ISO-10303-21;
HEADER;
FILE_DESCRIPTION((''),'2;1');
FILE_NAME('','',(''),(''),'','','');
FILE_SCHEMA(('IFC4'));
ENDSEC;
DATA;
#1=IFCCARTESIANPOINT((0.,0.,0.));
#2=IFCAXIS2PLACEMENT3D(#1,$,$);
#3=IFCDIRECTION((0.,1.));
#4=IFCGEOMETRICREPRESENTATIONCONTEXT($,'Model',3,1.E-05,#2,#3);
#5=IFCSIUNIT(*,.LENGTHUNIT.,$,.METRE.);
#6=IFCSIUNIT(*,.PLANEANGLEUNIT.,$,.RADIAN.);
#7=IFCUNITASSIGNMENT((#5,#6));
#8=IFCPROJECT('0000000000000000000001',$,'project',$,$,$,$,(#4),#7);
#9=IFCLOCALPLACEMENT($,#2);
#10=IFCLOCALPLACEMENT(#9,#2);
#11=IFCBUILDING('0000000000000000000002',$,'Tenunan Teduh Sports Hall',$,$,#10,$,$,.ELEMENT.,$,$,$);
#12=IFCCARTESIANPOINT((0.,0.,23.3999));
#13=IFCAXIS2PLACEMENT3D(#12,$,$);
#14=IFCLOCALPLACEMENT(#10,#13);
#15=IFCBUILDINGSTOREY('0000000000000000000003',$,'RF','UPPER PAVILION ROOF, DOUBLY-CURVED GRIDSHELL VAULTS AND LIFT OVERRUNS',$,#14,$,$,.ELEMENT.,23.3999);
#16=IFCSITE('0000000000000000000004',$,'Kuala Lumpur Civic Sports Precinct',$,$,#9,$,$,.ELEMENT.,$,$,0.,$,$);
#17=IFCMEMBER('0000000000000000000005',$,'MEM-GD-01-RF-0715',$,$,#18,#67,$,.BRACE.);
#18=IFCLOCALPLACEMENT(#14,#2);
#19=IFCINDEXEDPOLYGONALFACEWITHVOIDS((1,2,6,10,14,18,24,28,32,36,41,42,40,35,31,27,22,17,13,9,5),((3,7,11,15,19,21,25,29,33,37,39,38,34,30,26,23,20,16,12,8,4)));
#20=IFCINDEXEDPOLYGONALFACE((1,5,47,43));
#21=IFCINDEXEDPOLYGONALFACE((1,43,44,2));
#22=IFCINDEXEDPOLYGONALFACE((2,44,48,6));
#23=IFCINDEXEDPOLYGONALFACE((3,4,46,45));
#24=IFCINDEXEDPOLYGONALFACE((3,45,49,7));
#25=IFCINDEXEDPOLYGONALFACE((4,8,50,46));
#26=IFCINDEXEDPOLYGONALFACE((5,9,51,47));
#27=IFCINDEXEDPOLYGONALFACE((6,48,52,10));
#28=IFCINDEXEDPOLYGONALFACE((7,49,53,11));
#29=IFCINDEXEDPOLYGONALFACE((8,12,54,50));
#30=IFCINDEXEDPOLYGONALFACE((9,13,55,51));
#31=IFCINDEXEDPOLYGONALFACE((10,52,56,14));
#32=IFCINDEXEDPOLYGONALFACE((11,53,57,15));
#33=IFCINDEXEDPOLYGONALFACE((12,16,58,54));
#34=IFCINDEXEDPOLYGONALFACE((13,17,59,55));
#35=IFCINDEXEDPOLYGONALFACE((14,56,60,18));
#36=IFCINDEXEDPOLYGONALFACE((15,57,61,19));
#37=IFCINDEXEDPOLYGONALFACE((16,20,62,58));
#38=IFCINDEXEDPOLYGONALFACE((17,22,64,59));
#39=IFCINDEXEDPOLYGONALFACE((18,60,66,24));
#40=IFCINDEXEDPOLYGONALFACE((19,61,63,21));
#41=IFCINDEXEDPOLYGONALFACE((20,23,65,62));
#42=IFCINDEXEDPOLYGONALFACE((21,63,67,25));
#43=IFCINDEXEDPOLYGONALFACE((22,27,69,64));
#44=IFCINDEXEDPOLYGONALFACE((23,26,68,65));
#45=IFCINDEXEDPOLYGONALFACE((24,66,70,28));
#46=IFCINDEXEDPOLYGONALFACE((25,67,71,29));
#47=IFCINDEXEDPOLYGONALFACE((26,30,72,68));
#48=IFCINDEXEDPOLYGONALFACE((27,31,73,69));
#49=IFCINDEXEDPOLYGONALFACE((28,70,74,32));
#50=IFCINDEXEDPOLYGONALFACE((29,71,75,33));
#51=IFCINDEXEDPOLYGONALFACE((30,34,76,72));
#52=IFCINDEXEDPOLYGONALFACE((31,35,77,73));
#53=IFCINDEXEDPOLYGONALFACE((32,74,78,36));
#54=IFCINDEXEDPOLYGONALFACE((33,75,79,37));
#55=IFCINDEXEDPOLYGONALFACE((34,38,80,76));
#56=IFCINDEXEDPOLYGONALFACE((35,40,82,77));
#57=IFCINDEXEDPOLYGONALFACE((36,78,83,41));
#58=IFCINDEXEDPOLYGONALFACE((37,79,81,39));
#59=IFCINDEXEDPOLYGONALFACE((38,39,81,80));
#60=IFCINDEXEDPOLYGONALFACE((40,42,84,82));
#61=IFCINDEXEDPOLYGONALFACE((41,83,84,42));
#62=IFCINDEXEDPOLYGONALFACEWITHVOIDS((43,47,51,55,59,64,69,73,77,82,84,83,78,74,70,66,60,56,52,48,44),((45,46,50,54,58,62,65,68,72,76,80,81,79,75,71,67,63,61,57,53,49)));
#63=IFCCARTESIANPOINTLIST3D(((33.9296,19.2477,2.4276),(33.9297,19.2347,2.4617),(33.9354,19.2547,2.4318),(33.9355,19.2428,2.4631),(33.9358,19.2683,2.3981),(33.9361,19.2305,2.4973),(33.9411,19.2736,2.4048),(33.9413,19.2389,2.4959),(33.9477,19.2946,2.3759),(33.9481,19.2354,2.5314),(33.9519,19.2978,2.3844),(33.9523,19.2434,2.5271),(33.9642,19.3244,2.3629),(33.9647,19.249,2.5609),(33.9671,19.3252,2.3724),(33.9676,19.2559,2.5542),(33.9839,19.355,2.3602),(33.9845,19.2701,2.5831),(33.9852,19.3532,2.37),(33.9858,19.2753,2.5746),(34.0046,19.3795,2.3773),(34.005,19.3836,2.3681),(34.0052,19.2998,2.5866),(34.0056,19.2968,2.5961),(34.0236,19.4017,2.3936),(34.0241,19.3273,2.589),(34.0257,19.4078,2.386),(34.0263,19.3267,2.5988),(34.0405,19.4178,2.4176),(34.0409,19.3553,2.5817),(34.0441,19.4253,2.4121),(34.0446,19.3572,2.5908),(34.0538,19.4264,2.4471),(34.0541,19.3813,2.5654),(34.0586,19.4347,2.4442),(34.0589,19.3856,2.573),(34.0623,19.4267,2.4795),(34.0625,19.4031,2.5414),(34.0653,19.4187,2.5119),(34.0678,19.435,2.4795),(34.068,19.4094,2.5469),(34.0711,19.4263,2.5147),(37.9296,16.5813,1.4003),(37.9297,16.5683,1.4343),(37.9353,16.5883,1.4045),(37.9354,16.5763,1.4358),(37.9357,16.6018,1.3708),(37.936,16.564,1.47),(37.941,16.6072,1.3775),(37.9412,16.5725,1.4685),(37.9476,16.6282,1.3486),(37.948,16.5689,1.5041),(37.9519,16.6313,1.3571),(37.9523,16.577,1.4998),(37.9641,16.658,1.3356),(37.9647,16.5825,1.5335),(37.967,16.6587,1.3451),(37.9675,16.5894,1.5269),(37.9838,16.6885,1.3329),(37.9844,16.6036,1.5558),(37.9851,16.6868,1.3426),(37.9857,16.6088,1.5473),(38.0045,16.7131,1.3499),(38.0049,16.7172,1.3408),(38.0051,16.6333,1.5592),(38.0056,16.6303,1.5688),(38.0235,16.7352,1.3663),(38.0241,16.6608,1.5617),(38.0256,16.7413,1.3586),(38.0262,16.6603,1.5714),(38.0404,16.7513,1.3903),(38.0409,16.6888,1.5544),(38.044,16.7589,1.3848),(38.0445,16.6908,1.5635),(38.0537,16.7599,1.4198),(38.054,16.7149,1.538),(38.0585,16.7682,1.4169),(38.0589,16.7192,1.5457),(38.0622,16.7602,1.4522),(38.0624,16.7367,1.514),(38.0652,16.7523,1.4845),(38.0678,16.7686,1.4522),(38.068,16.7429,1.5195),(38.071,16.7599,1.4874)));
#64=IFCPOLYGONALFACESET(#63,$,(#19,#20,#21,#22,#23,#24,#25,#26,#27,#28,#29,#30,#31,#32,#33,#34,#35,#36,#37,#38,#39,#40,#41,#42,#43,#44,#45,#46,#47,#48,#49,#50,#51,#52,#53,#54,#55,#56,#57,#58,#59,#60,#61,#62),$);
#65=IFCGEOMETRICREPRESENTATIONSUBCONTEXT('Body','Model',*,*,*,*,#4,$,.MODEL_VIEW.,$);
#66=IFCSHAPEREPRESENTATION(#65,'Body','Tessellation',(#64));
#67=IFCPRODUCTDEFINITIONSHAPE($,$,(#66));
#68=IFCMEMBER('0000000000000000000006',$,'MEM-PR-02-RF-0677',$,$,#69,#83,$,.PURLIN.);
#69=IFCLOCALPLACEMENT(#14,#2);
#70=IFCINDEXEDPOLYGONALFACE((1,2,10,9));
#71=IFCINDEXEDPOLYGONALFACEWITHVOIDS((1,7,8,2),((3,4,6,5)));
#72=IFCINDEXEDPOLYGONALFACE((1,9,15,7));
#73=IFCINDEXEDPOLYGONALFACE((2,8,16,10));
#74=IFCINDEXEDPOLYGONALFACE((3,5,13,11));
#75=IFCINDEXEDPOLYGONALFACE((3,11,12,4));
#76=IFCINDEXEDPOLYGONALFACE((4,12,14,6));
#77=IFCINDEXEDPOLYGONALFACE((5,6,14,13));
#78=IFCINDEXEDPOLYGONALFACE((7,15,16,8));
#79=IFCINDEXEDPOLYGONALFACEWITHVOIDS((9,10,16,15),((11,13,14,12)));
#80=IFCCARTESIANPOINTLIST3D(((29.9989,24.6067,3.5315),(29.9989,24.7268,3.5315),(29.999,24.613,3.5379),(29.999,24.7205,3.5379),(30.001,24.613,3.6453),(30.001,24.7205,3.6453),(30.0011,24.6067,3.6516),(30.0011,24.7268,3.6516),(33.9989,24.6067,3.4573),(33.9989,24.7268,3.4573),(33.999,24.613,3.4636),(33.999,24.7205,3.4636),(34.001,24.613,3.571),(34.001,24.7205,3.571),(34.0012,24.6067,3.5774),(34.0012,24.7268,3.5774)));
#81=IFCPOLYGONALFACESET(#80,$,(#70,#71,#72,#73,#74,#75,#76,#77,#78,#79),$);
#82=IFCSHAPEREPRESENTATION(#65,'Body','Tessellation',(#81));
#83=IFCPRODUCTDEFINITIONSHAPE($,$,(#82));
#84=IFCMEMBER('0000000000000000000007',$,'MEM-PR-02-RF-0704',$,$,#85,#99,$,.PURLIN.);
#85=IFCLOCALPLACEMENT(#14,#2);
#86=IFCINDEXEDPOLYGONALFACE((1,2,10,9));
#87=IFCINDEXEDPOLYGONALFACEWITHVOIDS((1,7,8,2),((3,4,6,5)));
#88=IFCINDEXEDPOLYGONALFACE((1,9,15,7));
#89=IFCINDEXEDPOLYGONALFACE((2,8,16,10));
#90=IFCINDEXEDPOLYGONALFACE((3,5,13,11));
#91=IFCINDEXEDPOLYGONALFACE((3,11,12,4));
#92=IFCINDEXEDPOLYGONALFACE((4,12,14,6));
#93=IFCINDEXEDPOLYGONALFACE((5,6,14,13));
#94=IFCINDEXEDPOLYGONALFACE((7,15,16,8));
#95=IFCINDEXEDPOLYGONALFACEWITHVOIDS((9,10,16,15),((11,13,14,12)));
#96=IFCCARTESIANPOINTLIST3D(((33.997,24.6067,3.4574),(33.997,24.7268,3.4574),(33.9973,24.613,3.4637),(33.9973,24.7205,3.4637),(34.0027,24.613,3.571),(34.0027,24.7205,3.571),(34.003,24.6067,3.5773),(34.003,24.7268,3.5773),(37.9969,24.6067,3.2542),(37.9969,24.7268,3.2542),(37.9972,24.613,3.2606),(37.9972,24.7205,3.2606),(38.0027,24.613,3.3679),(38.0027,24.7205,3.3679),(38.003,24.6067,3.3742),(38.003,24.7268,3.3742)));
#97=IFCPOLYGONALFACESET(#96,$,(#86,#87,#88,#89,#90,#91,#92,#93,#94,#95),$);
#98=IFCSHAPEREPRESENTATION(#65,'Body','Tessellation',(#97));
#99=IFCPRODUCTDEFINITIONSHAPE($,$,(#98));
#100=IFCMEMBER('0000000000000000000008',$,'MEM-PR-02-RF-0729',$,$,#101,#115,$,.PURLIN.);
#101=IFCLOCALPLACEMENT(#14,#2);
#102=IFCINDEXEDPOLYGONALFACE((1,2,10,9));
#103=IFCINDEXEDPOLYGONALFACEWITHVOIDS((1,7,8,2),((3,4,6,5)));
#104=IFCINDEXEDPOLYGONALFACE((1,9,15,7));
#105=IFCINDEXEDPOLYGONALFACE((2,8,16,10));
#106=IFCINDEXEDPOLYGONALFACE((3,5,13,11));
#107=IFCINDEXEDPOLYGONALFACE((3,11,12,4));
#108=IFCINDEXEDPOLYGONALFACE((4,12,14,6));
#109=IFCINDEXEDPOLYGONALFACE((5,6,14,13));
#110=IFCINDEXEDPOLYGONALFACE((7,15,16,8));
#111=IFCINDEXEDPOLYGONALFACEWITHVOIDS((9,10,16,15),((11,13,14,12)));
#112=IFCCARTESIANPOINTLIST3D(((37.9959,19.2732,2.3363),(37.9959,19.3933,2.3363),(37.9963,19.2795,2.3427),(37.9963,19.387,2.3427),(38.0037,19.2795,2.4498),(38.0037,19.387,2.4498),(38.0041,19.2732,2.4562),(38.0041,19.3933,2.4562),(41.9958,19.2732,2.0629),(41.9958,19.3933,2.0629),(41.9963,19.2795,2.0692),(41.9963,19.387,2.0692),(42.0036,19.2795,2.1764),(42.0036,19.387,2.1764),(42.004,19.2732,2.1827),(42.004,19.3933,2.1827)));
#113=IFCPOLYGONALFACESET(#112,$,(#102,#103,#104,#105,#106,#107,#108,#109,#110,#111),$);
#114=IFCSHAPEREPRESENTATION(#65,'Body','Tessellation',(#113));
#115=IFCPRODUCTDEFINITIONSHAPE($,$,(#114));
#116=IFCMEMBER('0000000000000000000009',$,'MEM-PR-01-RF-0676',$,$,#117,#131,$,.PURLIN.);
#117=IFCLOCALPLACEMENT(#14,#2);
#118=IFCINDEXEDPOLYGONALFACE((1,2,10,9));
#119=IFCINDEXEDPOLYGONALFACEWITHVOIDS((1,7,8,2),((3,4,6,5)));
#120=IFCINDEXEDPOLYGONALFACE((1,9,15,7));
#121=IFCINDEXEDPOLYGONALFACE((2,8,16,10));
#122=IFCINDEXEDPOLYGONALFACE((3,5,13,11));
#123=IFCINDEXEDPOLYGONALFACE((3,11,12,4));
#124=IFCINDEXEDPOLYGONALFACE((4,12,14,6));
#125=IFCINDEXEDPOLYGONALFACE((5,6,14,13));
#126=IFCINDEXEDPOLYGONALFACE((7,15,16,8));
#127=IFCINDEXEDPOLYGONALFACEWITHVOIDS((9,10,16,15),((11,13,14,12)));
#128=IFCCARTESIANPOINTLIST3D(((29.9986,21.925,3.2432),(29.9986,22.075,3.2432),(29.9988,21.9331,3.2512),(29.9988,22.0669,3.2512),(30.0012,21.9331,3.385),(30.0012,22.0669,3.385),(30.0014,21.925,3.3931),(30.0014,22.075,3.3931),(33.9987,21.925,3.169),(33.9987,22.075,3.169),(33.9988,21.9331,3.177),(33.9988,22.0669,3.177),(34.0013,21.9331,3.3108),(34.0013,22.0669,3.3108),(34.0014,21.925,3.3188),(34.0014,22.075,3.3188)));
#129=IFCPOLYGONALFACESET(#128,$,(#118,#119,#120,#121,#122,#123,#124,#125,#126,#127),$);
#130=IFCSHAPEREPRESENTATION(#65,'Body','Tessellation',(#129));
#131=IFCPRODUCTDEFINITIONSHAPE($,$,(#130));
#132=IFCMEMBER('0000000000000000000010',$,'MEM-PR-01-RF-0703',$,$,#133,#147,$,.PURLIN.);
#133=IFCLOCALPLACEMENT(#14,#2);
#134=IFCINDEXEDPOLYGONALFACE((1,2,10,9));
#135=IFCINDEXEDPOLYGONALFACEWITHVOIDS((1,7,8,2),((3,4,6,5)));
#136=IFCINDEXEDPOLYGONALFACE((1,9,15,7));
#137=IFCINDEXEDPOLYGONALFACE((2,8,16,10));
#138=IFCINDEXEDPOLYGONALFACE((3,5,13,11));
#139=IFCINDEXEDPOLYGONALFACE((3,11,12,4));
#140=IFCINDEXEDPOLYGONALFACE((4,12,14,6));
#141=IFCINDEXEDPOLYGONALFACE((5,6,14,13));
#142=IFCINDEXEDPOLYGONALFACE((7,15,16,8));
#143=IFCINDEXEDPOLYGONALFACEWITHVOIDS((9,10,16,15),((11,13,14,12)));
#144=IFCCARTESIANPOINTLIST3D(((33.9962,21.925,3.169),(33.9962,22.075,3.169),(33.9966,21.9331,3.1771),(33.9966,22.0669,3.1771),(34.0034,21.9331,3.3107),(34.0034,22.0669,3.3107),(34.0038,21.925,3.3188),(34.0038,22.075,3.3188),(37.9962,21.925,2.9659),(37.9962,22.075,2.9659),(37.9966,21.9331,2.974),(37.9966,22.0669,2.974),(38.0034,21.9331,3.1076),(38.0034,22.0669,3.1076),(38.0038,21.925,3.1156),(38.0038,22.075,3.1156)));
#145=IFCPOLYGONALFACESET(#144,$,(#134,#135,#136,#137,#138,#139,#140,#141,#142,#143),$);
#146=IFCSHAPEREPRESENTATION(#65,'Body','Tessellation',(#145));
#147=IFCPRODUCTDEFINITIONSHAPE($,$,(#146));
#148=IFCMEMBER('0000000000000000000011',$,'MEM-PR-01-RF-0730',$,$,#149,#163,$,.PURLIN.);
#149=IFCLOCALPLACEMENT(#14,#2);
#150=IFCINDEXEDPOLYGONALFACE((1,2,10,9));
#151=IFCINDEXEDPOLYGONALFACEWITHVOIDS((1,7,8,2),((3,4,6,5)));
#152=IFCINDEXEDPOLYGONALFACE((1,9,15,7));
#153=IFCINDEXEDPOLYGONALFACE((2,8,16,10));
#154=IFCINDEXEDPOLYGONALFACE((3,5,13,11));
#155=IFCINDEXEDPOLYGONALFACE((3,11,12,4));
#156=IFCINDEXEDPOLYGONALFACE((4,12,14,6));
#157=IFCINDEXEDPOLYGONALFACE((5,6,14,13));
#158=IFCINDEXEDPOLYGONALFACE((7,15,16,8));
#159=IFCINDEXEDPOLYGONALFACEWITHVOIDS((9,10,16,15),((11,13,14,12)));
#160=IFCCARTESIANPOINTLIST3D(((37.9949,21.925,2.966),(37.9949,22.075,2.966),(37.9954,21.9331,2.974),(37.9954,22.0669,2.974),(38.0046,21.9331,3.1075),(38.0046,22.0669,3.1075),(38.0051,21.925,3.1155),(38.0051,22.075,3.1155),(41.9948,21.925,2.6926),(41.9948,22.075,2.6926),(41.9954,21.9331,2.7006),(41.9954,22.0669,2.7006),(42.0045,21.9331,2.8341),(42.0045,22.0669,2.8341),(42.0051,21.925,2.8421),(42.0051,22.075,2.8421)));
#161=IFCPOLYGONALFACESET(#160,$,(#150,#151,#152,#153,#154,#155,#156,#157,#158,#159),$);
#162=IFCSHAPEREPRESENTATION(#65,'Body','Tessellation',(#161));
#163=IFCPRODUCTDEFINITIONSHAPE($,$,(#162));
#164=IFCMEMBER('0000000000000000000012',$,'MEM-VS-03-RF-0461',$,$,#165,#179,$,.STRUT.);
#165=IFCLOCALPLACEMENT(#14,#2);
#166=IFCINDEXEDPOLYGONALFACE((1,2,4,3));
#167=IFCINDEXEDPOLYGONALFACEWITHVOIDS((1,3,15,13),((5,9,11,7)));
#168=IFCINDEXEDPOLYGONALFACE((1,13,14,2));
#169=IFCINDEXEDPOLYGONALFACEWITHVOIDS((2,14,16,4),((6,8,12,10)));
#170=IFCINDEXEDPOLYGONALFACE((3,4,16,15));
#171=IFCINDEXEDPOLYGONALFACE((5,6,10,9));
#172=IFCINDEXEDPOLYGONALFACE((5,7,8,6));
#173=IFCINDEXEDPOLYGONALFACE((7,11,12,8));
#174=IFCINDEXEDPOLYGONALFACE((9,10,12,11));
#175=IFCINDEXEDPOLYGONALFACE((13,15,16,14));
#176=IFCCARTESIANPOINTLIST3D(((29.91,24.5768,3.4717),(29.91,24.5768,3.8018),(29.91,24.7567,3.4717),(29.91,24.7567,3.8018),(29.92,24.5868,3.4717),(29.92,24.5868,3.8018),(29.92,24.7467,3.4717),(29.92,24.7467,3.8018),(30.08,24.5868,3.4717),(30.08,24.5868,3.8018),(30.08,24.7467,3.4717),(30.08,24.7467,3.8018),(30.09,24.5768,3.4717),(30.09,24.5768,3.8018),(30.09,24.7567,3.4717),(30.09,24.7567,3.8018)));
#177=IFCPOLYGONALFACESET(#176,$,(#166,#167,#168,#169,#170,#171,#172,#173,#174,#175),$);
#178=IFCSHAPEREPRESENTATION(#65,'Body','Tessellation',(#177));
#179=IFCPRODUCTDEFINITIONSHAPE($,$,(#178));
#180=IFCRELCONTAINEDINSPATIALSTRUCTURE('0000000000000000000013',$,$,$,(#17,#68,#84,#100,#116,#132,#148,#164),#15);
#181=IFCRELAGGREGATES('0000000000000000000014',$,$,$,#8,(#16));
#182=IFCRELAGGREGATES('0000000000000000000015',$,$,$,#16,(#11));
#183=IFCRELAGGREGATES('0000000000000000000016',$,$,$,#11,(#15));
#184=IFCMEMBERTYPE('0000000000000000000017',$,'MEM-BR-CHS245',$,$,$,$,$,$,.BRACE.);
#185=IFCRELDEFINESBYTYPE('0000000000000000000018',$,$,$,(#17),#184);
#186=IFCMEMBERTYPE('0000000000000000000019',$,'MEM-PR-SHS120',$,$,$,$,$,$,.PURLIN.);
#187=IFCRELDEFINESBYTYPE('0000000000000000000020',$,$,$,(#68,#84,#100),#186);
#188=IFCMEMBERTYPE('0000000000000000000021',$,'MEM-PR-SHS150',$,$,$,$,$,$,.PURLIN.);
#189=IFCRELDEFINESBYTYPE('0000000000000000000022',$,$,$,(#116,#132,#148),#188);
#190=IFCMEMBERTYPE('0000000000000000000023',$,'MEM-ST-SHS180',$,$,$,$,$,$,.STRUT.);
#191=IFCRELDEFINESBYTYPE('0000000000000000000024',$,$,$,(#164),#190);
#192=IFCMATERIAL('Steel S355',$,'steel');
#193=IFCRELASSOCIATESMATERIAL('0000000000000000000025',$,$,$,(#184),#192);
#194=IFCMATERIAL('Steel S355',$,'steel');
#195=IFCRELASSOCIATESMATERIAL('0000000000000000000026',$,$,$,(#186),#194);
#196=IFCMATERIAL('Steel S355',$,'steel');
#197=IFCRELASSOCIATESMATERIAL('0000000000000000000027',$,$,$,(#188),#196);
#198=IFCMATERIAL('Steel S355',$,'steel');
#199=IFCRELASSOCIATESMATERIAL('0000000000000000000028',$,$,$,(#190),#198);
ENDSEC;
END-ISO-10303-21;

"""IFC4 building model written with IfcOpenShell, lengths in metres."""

from ifc_helpers import new_model, si_unit, direction, frame, origin, origin_2d, place, context, subcontext, project, spatial, hollow_rectangle, hollow_circle, extrude, material, material_profile, profile_set, type_object, element, save


model = new_model("IFC4")

# Units and contexts
model_context = context("Model", 3, precision=1e-05, world=origin(), true_north=direction((0.0, 1.0)))
body_context = subcontext(model_context, "Body", "Model", "MODEL_VIEW")
ifc_project = project(units=[si_unit("LENGTHUNIT", "METRE"), si_unit("PLANEANGLEUNIT", "RADIAN")], contexts=[model_context])

# Site, building, storey
site_placement = place(None, origin())
site = spatial("IfcSite", under=ifc_project, at=site_placement, Name="Kuala Lumpur Civic Sports Precinct", CompositionType="ELEMENT", RefElevation=0.0)
building_placement = place(site_placement, origin())
building = spatial("IfcBuilding", under=site, at=building_placement, Name="Tenunan Teduh Sports Hall", CompositionType="ELEMENT")
storey_placement = place(building_placement, frame((0.0, 0.0, 23.3999)))
storey = spatial("IfcBuildingStorey", under=building, at=storey_placement, Name="RF", Description="UPPER PAVILION ROOF, DOUBLY-CURVED GRIDSHELL VAULTS AND LIFT OVERRUNS", CompositionType="ELEMENT", Elevation=23.3999)

# Members
ifc_material_1 = material(Name="Steel S355", Category="steel")
ifc_material_profile_1 = material_profile(ifc_material_1, hollow_circle(Radius=0.1223, WallThickness=0.01, at=origin_2d()), Name="CHS 244.5x10.0")
ifc_profile_set_1 = profile_set([ifc_material_profile_1], Name="Steel S355")
member_type_1 = type_object("IfcMemberType", Name="MEM-BR-CHS245", PredefinedType="BRACE", material=ifc_profile_set_1)
member_1_placement = place(storey_placement, frame((34.0, 19.3333, 2.4795), z_axis=(0.813693, -0.542429, -0.208986), x_axis=(0.554677, 0.832066, 0.0)))
element("IfcMember", 1, at=member_1_placement, inside=storey, type_object=member_type_1, Name="MEM-GD-01-RF-0715", PredefinedType="BRACE", context=body_context, shape_type="SweptSolid", body=[
    extrude(hollow_circle(Radius=0.1223, WallThickness=0.01, at=origin_2d()), origin(), (0.0, 0.0, 1.0), 4.9158),
])
ifc_material_2 = material(Name="Steel S355", Category="steel")
ifc_material_profile_2 = material_profile(ifc_material_2, hollow_rectangle(XDim=0.1201, YDim=0.1201, WallThickness=0.0063, at=origin_2d()), Name="SHS 120x120x6.3")
ifc_profile_set_2 = profile_set([ifc_material_profile_2], Name="Steel S355")
member_type_2 = type_object("IfcMemberType", Name="MEM-PR-SHS120", PredefinedType="PURLIN", material=ifc_profile_set_2)
member_2_placement = place(storey_placement, frame((30.0, 24.6667, 3.5916), z_axis=(0.999828, 0.0, -0.018551), x_axis=(0.0, 1.0, 0.0)))
element("IfcMember", 2, at=member_2_placement, inside=storey, type_object=member_type_2, Name="MEM-PR-02-RF-0677", PredefinedType="PURLIN", context=body_context, shape_type="SweptSolid", body=[
    extrude(hollow_rectangle(XDim=0.1201, YDim=0.1201, WallThickness=0.0063, at=origin_2d()), origin(), (0.0, 0.0, 1.0), 4.0007),
])
member_3_placement = place(storey_placement, frame((34.0, 24.6667, 3.5173), z_axis=(0.998713, 0.0, -0.050716), x_axis=(0.0, 1.0, 0.0)))
element("IfcMember", 3, at=member_3_placement, inside=storey, type_object=member_type_2, Name="MEM-PR-02-RF-0704", PredefinedType="PURLIN", context=body_context, shape_type="SweptSolid", body=[
    extrude(hollow_rectangle(XDim=0.1201, YDim=0.1201, WallThickness=0.0063, at=origin_2d()), origin(), (0.0, 0.0, 1.0), 4.0051),
])
member_4_placement = place(storey_placement, frame((38.0, 19.3333, 2.3962), z_axis=(0.997672, 0.0, -0.0682), x_axis=(0.0, 1.0, 0.0)))
element("IfcMember", 4, at=member_4_placement, inside=storey, type_object=member_type_2, Name="MEM-PR-02-RF-0729", PredefinedType="PURLIN", context=body_context, shape_type="SweptSolid", body=[
    extrude(hollow_rectangle(XDim=0.1201, YDim=0.1201, WallThickness=0.0063, at=origin_2d()), origin(), (0.0, 0.0, 1.0), 4.0093),
])
ifc_material_3 = material(Name="Steel S355", Category="steel")
ifc_material_profile_3 = material_profile(ifc_material_3, hollow_rectangle(XDim=0.1499, YDim=0.1499, WallThickness=0.0081, at=origin_2d()), Name="SHS 150x150x8.0")
ifc_profile_set_3 = profile_set([ifc_material_profile_3], Name="Steel S355")
member_type_3 = type_object("IfcMemberType", Name="MEM-PR-SHS150", PredefinedType="PURLIN", material=ifc_profile_set_3)
member_5_placement = place(storey_placement, frame((30.0, 22.0, 3.3181), z_axis=(0.999828, 0.0, -0.018551), x_axis=(0.0, 1.0, 0.0)))
element("IfcMember", 5, at=member_5_placement, inside=storey, type_object=member_type_3, Name="MEM-PR-01-RF-0676", PredefinedType="PURLIN", context=body_context, shape_type="SweptSolid", body=[
    extrude(hollow_rectangle(XDim=0.1499, YDim=0.1499, WallThickness=0.0081, at=origin_2d()), origin(), (0.0, 0.0, 1.0), 4.0007),
])
member_6_placement = place(storey_placement, frame((34.0, 22.0, 3.2439), z_axis=(0.998713, 0.0, -0.050716), x_axis=(0.0, 1.0, 0.0)))
element("IfcMember", 6, at=member_6_placement, inside=storey, type_object=member_type_3, Name="MEM-PR-01-RF-0703", PredefinedType="PURLIN", context=body_context, shape_type="SweptSolid", body=[
    extrude(hollow_rectangle(XDim=0.1499, YDim=0.1499, WallThickness=0.0081, at=origin_2d()), origin(), (0.0, 0.0, 1.0), 4.0051),
])
member_7_placement = place(storey_placement, frame((38.0, 22.0, 3.0408), z_axis=(0.997672, 0.0, -0.0682), x_axis=(0.0, 1.0, 0.0)))
element("IfcMember", 7, at=member_7_placement, inside=storey, type_object=member_type_3, Name="MEM-PR-01-RF-0730", PredefinedType="PURLIN", context=body_context, shape_type="SweptSolid", body=[
    extrude(hollow_rectangle(XDim=0.1499, YDim=0.1499, WallThickness=0.0081, at=origin_2d()), origin(), (0.0, 0.0, 1.0), 4.0093),
])
ifc_material_4 = material(Name="Steel S355", Category="steel")
ifc_material_profile_4 = material_profile(ifc_material_4, hollow_rectangle(XDim=0.1799, YDim=0.1799, WallThickness=0.01, at=origin_2d()), Name="SHS 180x180x10.0")
ifc_profile_set_4 = profile_set([ifc_material_profile_4], Name="Steel S355")
member_type_4 = type_object("IfcMemberType", Name="MEM-ST-SHS180", PredefinedType="STRUT", material=ifc_profile_set_4)
for number, where, z_axis, x_axis, name in (
    (8, (30.0, 24.6667, 3.4717), (0.0, 0.0, 1.0), (1.0, 0.0, 0.0), "MEM-VS-03-RF-0461"),
):
    element("IfcMember", number, at=place(storey_placement, frame(where, z_axis=z_axis, x_axis=x_axis)), inside=storey, type_object=member_type_4, Name=name, PredefinedType="STRUT", context=body_context, shape_type="SweptSolid", body=[
        extrude(hollow_rectangle(XDim=0.1799, YDim=0.1799, WallThickness=0.01, at=origin_2d()), origin(), (0.0, 0.0, 1.0), 0.3301),
    ])

save(model, "model.ifc")
